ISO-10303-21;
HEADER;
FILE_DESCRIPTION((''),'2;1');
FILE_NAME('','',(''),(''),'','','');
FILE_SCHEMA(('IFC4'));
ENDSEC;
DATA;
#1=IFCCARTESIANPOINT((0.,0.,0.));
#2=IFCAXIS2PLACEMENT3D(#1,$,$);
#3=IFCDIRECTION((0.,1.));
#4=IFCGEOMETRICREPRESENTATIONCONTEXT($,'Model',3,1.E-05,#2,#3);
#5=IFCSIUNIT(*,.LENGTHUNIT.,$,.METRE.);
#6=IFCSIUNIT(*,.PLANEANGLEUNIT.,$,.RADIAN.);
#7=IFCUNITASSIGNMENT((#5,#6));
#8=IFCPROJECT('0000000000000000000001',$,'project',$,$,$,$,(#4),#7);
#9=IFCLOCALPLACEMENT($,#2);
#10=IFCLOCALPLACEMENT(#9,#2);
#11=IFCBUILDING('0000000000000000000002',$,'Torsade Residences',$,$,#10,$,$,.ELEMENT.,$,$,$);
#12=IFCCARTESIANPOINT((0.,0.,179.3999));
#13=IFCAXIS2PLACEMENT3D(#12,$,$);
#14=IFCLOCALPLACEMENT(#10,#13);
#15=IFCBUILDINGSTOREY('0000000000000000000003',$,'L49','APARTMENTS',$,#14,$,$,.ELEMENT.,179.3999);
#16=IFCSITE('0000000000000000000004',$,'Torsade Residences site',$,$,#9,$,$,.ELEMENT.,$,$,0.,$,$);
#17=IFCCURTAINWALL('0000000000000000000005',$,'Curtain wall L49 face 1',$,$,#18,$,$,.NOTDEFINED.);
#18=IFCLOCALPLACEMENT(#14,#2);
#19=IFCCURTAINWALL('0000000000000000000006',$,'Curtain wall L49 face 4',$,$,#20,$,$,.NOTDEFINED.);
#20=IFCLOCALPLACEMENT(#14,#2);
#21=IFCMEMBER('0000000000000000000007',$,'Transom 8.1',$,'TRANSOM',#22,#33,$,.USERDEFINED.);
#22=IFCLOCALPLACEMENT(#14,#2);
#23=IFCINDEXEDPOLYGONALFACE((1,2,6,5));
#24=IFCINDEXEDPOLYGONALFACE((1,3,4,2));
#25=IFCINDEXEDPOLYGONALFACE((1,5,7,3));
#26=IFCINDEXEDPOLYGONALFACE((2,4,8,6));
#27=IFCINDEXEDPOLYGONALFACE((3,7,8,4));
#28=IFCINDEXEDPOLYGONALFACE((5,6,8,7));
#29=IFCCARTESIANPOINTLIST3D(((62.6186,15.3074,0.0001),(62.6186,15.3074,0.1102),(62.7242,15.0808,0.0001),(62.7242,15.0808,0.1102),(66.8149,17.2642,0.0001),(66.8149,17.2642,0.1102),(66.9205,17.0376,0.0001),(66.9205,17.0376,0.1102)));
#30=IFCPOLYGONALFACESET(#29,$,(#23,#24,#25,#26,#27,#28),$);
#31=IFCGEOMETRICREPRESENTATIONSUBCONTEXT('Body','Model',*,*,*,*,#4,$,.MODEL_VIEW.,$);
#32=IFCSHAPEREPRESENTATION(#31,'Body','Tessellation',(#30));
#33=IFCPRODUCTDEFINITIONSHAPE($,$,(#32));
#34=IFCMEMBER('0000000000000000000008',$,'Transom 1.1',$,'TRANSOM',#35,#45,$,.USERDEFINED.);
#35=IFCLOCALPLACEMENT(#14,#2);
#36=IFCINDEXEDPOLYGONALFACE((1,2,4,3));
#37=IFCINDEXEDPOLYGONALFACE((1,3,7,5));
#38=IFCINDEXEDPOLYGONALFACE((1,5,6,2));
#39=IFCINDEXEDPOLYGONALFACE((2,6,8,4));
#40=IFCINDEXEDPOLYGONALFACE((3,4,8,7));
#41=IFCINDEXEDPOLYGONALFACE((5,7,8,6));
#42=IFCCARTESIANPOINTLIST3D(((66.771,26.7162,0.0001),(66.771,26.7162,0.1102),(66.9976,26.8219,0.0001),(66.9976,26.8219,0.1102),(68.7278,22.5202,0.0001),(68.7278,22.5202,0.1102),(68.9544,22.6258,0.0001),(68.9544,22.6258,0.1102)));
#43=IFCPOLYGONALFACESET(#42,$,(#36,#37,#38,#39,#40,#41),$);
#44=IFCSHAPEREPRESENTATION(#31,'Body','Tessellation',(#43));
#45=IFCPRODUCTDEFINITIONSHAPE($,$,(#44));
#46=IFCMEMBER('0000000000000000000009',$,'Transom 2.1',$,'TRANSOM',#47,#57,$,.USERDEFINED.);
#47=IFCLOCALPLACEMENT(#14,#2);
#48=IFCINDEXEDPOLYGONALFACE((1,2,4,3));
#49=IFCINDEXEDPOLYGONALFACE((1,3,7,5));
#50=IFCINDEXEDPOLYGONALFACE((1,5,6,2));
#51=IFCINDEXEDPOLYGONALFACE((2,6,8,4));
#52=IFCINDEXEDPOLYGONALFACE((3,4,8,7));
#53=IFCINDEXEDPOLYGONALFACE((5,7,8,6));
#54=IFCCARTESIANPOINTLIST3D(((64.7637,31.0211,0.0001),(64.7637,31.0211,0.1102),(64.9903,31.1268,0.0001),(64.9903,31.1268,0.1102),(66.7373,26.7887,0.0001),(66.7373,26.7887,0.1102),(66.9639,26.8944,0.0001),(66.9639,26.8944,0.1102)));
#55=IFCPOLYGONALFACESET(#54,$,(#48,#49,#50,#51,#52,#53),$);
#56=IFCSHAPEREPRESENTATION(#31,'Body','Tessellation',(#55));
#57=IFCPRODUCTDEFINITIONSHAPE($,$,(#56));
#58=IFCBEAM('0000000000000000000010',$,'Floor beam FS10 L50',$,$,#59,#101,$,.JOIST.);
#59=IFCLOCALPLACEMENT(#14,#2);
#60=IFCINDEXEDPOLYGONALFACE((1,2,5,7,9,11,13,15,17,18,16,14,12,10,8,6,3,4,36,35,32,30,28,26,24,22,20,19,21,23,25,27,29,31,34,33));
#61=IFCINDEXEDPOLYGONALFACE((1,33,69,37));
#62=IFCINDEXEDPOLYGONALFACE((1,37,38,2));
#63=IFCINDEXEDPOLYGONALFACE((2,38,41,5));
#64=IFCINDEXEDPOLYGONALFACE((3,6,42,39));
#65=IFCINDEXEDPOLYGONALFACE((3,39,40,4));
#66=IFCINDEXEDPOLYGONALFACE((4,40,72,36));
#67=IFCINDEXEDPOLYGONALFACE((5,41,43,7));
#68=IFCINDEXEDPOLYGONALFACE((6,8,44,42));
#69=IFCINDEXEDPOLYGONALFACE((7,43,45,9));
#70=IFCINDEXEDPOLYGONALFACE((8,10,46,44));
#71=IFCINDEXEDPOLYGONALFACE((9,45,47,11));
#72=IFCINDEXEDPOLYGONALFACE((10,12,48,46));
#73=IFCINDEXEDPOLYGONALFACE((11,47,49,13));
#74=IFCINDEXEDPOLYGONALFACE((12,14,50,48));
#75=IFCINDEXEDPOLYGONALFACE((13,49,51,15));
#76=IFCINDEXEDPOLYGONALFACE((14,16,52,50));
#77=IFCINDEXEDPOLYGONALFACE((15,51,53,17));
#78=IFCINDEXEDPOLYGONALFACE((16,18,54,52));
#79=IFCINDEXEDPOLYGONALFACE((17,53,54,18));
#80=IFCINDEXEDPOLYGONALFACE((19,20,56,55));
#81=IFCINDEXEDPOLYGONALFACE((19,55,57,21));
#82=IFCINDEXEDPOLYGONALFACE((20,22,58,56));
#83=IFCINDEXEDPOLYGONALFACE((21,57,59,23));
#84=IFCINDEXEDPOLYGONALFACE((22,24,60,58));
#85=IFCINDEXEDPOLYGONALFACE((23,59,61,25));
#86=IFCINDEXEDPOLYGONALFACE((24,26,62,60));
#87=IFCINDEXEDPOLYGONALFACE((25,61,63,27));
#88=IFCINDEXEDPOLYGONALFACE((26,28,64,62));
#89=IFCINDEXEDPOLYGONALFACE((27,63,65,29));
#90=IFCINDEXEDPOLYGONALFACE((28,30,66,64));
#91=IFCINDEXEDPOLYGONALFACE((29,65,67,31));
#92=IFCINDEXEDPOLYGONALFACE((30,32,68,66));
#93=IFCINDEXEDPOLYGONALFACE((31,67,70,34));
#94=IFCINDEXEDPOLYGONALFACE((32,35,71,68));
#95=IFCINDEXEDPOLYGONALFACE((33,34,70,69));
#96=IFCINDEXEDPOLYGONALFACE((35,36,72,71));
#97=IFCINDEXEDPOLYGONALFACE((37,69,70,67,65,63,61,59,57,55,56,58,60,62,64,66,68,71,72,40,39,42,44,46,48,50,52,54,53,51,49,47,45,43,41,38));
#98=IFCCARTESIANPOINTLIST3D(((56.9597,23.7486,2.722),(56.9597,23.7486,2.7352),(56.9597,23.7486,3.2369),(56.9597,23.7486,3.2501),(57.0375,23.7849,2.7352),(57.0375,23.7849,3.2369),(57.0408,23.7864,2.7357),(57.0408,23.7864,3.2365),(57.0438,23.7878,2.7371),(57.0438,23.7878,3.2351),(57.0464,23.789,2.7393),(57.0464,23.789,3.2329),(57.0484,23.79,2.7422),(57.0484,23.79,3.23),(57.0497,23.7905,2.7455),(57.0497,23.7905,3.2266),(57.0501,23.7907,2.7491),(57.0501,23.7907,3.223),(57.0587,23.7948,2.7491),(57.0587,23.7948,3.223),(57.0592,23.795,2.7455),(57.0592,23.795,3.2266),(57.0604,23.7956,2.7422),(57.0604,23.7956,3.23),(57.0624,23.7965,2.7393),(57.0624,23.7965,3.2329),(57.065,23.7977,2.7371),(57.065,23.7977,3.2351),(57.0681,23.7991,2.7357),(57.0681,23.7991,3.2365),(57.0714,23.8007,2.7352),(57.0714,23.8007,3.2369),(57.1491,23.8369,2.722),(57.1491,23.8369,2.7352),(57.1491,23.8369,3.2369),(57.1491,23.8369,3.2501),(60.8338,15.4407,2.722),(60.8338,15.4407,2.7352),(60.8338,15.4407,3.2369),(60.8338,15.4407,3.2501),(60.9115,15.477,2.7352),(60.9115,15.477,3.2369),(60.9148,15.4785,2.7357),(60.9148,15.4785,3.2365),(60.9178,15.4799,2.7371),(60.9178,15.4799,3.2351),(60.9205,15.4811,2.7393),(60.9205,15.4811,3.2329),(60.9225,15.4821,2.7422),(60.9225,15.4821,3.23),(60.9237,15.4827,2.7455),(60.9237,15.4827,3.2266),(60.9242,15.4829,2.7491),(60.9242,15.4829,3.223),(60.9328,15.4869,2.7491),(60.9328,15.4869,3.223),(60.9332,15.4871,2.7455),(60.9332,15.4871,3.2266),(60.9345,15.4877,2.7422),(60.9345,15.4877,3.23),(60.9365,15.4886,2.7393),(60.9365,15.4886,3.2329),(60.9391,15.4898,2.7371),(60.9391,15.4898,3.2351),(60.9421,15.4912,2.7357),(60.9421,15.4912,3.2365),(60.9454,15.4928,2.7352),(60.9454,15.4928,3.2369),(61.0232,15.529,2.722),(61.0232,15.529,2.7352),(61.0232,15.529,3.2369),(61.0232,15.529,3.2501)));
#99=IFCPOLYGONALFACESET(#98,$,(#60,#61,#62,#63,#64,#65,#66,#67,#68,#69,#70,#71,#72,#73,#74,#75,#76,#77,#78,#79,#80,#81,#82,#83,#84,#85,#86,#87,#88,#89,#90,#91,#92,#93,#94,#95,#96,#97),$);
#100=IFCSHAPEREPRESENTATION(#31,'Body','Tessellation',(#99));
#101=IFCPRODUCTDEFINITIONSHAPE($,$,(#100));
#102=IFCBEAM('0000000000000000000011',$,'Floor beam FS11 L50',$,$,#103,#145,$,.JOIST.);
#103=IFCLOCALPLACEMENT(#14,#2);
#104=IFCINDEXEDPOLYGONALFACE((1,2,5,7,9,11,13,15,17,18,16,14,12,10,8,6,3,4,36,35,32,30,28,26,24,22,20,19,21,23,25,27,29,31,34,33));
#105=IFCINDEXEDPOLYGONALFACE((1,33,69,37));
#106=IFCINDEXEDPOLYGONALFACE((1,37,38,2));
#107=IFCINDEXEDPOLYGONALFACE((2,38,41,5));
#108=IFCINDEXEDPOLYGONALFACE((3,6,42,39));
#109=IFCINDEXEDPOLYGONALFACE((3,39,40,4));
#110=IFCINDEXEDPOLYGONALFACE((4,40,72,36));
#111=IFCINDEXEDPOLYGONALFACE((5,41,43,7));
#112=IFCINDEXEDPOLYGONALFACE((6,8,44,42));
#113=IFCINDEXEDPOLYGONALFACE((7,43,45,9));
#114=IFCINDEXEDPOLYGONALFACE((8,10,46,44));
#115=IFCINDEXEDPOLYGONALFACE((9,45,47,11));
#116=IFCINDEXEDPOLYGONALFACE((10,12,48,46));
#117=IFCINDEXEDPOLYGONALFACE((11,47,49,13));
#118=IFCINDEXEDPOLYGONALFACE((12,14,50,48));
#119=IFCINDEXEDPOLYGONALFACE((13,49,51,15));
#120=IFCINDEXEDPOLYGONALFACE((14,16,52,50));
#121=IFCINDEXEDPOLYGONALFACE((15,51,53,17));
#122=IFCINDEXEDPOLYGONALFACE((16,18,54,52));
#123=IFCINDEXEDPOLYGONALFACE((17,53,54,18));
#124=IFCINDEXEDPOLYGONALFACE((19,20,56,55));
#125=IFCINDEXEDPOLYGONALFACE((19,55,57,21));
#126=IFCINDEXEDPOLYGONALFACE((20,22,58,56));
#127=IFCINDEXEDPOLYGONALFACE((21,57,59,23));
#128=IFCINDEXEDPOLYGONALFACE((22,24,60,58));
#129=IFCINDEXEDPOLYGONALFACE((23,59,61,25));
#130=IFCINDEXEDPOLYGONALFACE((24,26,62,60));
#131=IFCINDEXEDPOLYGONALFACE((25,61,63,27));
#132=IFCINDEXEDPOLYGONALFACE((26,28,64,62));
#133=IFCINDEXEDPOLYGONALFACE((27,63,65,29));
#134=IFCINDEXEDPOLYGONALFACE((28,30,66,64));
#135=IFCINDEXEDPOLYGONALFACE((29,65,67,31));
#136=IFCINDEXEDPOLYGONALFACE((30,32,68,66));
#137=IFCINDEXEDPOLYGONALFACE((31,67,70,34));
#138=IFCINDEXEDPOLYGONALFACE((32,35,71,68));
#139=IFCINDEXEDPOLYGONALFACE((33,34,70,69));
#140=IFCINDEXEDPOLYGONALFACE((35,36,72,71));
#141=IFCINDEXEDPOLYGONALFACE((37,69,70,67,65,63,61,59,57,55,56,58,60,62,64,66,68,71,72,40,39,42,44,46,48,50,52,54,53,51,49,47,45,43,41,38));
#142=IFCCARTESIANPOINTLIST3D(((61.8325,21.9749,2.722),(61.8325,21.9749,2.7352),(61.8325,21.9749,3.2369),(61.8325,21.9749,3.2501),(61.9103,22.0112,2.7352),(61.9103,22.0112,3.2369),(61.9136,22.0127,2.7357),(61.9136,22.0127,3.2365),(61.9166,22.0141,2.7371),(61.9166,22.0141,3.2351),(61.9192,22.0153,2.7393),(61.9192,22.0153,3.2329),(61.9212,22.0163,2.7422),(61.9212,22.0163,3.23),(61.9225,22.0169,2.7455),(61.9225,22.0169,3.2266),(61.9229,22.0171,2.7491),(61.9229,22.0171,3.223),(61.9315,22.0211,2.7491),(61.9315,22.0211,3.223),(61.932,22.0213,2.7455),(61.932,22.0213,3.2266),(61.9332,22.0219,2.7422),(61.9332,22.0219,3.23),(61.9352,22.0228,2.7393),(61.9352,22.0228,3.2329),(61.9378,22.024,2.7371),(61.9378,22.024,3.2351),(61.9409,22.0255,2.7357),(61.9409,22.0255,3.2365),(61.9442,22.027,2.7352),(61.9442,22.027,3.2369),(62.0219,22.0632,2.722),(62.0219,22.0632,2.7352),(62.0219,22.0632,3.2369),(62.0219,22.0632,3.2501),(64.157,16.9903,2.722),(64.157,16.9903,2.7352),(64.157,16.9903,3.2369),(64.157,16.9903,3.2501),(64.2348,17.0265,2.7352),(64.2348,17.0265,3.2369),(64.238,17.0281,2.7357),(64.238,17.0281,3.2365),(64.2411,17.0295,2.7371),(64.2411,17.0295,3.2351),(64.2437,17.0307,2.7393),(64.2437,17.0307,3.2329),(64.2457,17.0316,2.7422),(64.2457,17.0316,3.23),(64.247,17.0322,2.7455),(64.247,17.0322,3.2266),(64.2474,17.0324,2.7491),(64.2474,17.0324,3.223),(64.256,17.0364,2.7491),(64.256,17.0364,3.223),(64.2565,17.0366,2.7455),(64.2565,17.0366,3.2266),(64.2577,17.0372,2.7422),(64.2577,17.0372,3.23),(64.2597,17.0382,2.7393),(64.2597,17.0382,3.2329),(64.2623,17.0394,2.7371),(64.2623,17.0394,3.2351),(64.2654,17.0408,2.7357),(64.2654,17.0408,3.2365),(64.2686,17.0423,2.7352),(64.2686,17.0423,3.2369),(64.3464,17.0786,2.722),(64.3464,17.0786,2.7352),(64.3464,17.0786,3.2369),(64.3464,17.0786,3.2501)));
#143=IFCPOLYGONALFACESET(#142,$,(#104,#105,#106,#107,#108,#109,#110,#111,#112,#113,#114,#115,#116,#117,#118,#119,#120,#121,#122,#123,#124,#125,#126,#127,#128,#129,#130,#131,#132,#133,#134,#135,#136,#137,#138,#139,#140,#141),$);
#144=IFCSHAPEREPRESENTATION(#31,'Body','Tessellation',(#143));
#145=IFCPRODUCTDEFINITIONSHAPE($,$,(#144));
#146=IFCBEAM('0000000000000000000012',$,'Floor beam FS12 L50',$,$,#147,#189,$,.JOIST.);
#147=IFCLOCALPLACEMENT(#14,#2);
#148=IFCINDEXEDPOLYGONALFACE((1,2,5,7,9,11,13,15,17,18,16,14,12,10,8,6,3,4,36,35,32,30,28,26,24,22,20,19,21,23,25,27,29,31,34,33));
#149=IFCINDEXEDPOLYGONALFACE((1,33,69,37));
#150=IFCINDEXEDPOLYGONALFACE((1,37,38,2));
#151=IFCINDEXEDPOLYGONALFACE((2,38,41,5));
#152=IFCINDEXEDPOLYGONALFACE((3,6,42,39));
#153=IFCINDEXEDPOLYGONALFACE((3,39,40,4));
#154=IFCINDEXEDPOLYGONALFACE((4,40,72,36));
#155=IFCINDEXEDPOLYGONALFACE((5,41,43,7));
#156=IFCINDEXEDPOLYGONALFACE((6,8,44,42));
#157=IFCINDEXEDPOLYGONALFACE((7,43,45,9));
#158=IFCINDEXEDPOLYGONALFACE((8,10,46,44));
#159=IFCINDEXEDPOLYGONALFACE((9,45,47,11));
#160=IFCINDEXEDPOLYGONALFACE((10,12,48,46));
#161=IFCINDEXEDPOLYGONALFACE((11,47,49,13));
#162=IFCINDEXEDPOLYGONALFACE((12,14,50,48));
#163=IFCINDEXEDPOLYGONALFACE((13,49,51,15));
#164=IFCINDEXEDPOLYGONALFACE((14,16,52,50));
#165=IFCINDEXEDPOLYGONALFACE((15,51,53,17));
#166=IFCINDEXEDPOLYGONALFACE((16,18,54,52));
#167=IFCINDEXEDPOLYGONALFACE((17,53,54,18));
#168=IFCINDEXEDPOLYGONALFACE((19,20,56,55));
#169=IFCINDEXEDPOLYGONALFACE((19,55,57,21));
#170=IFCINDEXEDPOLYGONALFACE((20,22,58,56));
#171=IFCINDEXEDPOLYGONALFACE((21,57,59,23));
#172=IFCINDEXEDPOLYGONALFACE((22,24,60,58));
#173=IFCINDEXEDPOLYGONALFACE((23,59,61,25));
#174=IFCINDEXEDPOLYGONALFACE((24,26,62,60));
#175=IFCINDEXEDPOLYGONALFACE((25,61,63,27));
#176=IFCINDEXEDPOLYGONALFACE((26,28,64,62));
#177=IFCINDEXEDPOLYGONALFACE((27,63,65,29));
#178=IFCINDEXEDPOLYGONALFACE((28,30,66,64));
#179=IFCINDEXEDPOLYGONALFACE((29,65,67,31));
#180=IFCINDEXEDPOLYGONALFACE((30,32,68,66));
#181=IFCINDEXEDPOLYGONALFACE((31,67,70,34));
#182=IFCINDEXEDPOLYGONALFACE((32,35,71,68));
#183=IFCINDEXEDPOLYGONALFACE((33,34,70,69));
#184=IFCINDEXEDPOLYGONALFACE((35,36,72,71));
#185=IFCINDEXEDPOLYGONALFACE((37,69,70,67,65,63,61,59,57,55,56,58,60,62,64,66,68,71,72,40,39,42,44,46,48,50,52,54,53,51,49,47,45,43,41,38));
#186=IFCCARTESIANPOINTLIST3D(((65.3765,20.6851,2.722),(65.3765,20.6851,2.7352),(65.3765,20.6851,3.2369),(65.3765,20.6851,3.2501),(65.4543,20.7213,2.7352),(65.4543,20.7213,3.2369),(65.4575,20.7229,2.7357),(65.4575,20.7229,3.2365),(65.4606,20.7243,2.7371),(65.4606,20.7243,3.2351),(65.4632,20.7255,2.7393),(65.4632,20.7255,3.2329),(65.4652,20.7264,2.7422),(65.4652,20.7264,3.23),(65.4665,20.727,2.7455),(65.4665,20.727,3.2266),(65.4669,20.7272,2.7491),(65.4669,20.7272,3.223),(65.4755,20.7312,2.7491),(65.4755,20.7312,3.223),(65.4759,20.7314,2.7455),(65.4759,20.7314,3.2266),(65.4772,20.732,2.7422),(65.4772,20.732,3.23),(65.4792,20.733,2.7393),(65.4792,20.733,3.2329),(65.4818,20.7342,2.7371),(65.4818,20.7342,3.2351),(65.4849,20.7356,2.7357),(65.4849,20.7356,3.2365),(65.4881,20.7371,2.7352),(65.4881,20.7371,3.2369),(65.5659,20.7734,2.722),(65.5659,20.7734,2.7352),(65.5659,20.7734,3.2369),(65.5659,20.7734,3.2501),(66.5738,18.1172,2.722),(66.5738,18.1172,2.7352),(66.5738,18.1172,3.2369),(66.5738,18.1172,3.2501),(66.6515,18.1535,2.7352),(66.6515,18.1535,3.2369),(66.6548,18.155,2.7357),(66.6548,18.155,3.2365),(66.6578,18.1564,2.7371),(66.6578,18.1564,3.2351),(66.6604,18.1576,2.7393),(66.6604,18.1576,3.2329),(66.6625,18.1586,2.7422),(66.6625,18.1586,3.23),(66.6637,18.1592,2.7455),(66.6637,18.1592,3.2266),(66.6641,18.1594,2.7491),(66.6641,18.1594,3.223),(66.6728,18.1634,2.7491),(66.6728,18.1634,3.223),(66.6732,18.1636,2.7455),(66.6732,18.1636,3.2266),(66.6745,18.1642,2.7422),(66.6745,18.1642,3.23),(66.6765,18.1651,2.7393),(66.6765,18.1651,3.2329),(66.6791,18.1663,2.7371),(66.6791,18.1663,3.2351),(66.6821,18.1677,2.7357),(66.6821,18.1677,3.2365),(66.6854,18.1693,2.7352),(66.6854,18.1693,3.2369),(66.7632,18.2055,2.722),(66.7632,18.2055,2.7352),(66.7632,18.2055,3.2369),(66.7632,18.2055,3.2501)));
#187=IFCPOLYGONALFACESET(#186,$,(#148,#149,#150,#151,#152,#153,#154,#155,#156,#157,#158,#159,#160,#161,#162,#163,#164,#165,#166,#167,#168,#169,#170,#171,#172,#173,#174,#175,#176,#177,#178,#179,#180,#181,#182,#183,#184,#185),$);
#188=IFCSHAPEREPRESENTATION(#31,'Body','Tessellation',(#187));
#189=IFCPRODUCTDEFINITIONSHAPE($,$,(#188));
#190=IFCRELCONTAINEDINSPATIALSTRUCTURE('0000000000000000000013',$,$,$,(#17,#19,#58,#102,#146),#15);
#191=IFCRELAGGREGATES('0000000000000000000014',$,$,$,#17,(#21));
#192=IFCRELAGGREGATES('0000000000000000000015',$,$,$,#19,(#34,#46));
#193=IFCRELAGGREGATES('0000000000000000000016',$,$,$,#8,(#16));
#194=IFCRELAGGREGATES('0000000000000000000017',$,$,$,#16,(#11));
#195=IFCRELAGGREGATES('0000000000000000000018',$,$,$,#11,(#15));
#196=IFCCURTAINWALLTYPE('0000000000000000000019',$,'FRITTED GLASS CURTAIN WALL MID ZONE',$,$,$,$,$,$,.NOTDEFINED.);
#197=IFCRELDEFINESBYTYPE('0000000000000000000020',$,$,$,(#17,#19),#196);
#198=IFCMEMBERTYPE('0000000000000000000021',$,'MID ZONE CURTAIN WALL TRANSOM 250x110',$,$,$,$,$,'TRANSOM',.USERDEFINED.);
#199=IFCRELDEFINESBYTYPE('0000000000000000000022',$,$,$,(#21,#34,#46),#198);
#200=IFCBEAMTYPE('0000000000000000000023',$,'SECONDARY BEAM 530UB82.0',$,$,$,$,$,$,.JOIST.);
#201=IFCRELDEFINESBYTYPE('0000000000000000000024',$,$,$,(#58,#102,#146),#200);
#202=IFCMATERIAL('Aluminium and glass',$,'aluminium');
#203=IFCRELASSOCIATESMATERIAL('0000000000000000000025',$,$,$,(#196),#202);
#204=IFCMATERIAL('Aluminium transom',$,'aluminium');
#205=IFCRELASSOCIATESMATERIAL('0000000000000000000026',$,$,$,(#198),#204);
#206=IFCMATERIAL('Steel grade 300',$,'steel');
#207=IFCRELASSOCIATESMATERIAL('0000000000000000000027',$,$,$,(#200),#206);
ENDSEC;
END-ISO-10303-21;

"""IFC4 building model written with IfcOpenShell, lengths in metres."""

from ifc_helpers import new_model, si_unit, direction, frame, origin, origin_2d, place, context, subcontext, project, spatial, rectangle, i_section, extrude, material, material_profile, profile_set, type_object, element, aggregate, save


model = new_model("IFC4")

# Units and contexts
model_context = context("Model", 3, precision=1e-05, world=origin(), true_north=direction((0.0, 1.0)))
body_context = subcontext(model_context, "Body", "Model", "MODEL_VIEW")
ifc_project = project(units=[si_unit("LENGTHUNIT", "METRE"), si_unit("PLANEANGLEUNIT", "RADIAN")], contexts=[model_context])

# Site, building, storey
site_placement = place(None, origin())
site = spatial("IfcSite", under=ifc_project, at=site_placement, Name="Torsade Residences site", CompositionType="ELEMENT", RefElevation=0.0)
building_placement = place(site_placement, origin())
building = spatial("IfcBuilding", under=site, at=building_placement, Name="Torsade Residences", CompositionType="ELEMENT")
storey_placement = place(building_placement, frame((0.0, 0.0, 179.3999)))
storey = spatial("IfcBuildingStorey", under=building, at=storey_placement, Name="L49", Description="APARTMENTS", CompositionType="ELEMENT", Elevation=179.3999)

# Curtain walls
ifc_material_1 = material(Name="Aluminium and glass", Category="aluminium")
curtain_wall_type = type_object("IfcCurtainWallType", Name="FRITTED GLASS CURTAIN WALL MID ZONE", PredefinedType="NOTDEFINED", material=ifc_material_1)
curtain_wall_1_placement = place(storey_placement, origin())
curtain_wall_1 = element("IfcCurtainWall", 1, at=curtain_wall_1_placement, inside=storey, type_object=curtain_wall_type, Name="Curtain wall L49 face 1", PredefinedType="NOTDEFINED")
curtain_wall_2_placement = place(storey_placement, origin())
curtain_wall_2 = element("IfcCurtainWall", 2, at=curtain_wall_2_placement, inside=storey, type_object=curtain_wall_type, Name="Curtain wall L49 face 4", PredefinedType="NOTDEFINED")

# Members
ifc_material_2 = material(Name="Aluminium transom", Category="aluminium")
ifc_material_profile_1 = material_profile(ifc_material_2, rectangle(XDim=0.25, YDim=0.1101, at=origin_2d()), Name="MID ZONE CURTAIN WALL TRANSOM 250x110")
ifc_profile_set_1 = profile_set([ifc_material_profile_1], Name="Aluminium transom")
member_type_1 = type_object("IfcMemberType", Name="MID ZONE CURTAIN WALL TRANSOM 250x110", ElementType="TRANSOM", PredefinedType="USERDEFINED", material=ifc_profile_set_1)
member_1_placement = place(storey_placement, frame((62.6714, 15.1941, 0.0552), z_axis=(0.906306, 0.422623, 0.0), x_axis=(-0.422623, 0.906306, 0.0)))
member_1 = element("IfcMember", 3, at=member_1_placement, type_object=member_type_1, Name="Transom 8.1", ObjectType="TRANSOM", PredefinedType="USERDEFINED", context=body_context, shape_type="SweptSolid", body=[
    extrude(rectangle(XDim=0.25, YDim=0.1101, at=origin_2d()), origin(), (0.0, 0.0, 1.0), 4.6301),
])
member_2_placement = place(storey_placement, frame((68.8411, 22.573, 0.0552), z_axis=(-0.422643, 0.906296, 0.0), x_axis=(-0.906296, -0.422643, 0.0)))
member_2 = element("IfcMember", 4, at=member_2_placement, type_object=member_type_1, Name="Transom 1.1", ObjectType="TRANSOM", PredefinedType="USERDEFINED", context=body_context, shape_type="SweptSolid", body=[
    extrude(rectangle(XDim=0.25, YDim=0.1101, at=origin_2d()), origin(), (0.0, 0.0, 1.0), 4.6299),
])
member_3_placement = place(storey_placement, frame((66.8506, 26.8416, 0.0552), z_axis=(-0.422622, 0.906306, 0.0), x_axis=(-0.906306, -0.422622, 0.0)))
member_3 = element("IfcMember", 5, at=member_3_placement, type_object=member_type_1, Name="Transom 2.1", ObjectType="TRANSOM", PredefinedType="USERDEFINED", context=body_context, shape_type="SweptSolid", body=[
    extrude(rectangle(XDim=0.25, YDim=0.1101, at=origin_2d()), origin(), (0.0, 0.0, 1.0), 4.6699),
])

# Beams
ifc_material_3 = material(Name="Steel grade 300", Category="steel")
ifc_material_profile_2 = material_profile(ifc_material_3, i_section(OverallWidth=0.209, OverallDepth=0.5281, WebThickness=0.0095, FlangeThickness=0.0132, FilletRadius=0.0139, at=origin_2d()), Name="530UB82.0")
ifc_profile_set_2 = profile_set([ifc_material_profile_2], Name="Steel grade 300")
beam_type_1 = type_object("IfcBeamType", Name="SECONDARY BEAM 530UB82.0", PredefinedType="JOIST", material=ifc_profile_set_2)
beam_1_placement = place(storey_placement, frame((60.9285, 15.4849, 2.9861), z_axis=(-0.422619, 0.906308, 0.0), x_axis=(-0.906308, -0.422619, 0.0)))
element("IfcBeam", 6, at=beam_1_placement, inside=storey, type_object=beam_type_1, Name="Floor beam FS10 L50", PredefinedType="JOIST", context=body_context, shape_type="SweptSolid", body=[
    extrude(i_section(OverallWidth=0.209, OverallDepth=0.5281, WebThickness=0.0095, FlangeThickness=0.0132, FilletRadius=0.0139, at=origin_2d()), origin(), (0.0, 0.0, 1.0), 9.1667),
])
beam_2_placement = place(storey_placement, frame((64.2517, 17.0344, 2.9861), z_axis=(-0.422633, 0.906301, 0.0), x_axis=(-0.906301, -0.422633, 0.0)))
element("IfcBeam", 7, at=beam_2_placement, inside=storey, type_object=beam_type_1, Name="Floor beam FS11 L50", PredefinedType="JOIST", context=body_context, shape_type="SweptSolid", body=[
    extrude(i_section(OverallWidth=0.209, OverallDepth=0.5281, WebThickness=0.0095, FlangeThickness=0.0132, FilletRadius=0.0139, at=origin_2d()), origin(), (0.0, 0.0, 1.0), 5.5),
])
for number, where, z_axis, x_axis, name in (
    (8, (66.6685, 18.1614, 2.9861), (-0.422574, 0.906328, 0.0), (-0.906328, -0.422574, 0.0), "Floor beam FS12 L50"),
):
    element("IfcBeam", number, at=place(storey_placement, frame(where, z_axis=z_axis, x_axis=x_axis)), inside=storey, type_object=beam_type_1, Name=name, PredefinedType="JOIST", context=body_context, shape_type="SweptSolid", body=[
        extrude(i_section(OverallWidth=0.209, OverallDepth=0.5281, WebThickness=0.0095, FlangeThickness=0.0132, FilletRadius=0.0139, at=origin_2d()), origin(), (0.0, 0.0, 1.0), 2.8333),
    ])

aggregate(curtain_wall_1, [member_1])
aggregate(curtain_wall_2, [member_2, member_3])

save(model, "model.ifc")
